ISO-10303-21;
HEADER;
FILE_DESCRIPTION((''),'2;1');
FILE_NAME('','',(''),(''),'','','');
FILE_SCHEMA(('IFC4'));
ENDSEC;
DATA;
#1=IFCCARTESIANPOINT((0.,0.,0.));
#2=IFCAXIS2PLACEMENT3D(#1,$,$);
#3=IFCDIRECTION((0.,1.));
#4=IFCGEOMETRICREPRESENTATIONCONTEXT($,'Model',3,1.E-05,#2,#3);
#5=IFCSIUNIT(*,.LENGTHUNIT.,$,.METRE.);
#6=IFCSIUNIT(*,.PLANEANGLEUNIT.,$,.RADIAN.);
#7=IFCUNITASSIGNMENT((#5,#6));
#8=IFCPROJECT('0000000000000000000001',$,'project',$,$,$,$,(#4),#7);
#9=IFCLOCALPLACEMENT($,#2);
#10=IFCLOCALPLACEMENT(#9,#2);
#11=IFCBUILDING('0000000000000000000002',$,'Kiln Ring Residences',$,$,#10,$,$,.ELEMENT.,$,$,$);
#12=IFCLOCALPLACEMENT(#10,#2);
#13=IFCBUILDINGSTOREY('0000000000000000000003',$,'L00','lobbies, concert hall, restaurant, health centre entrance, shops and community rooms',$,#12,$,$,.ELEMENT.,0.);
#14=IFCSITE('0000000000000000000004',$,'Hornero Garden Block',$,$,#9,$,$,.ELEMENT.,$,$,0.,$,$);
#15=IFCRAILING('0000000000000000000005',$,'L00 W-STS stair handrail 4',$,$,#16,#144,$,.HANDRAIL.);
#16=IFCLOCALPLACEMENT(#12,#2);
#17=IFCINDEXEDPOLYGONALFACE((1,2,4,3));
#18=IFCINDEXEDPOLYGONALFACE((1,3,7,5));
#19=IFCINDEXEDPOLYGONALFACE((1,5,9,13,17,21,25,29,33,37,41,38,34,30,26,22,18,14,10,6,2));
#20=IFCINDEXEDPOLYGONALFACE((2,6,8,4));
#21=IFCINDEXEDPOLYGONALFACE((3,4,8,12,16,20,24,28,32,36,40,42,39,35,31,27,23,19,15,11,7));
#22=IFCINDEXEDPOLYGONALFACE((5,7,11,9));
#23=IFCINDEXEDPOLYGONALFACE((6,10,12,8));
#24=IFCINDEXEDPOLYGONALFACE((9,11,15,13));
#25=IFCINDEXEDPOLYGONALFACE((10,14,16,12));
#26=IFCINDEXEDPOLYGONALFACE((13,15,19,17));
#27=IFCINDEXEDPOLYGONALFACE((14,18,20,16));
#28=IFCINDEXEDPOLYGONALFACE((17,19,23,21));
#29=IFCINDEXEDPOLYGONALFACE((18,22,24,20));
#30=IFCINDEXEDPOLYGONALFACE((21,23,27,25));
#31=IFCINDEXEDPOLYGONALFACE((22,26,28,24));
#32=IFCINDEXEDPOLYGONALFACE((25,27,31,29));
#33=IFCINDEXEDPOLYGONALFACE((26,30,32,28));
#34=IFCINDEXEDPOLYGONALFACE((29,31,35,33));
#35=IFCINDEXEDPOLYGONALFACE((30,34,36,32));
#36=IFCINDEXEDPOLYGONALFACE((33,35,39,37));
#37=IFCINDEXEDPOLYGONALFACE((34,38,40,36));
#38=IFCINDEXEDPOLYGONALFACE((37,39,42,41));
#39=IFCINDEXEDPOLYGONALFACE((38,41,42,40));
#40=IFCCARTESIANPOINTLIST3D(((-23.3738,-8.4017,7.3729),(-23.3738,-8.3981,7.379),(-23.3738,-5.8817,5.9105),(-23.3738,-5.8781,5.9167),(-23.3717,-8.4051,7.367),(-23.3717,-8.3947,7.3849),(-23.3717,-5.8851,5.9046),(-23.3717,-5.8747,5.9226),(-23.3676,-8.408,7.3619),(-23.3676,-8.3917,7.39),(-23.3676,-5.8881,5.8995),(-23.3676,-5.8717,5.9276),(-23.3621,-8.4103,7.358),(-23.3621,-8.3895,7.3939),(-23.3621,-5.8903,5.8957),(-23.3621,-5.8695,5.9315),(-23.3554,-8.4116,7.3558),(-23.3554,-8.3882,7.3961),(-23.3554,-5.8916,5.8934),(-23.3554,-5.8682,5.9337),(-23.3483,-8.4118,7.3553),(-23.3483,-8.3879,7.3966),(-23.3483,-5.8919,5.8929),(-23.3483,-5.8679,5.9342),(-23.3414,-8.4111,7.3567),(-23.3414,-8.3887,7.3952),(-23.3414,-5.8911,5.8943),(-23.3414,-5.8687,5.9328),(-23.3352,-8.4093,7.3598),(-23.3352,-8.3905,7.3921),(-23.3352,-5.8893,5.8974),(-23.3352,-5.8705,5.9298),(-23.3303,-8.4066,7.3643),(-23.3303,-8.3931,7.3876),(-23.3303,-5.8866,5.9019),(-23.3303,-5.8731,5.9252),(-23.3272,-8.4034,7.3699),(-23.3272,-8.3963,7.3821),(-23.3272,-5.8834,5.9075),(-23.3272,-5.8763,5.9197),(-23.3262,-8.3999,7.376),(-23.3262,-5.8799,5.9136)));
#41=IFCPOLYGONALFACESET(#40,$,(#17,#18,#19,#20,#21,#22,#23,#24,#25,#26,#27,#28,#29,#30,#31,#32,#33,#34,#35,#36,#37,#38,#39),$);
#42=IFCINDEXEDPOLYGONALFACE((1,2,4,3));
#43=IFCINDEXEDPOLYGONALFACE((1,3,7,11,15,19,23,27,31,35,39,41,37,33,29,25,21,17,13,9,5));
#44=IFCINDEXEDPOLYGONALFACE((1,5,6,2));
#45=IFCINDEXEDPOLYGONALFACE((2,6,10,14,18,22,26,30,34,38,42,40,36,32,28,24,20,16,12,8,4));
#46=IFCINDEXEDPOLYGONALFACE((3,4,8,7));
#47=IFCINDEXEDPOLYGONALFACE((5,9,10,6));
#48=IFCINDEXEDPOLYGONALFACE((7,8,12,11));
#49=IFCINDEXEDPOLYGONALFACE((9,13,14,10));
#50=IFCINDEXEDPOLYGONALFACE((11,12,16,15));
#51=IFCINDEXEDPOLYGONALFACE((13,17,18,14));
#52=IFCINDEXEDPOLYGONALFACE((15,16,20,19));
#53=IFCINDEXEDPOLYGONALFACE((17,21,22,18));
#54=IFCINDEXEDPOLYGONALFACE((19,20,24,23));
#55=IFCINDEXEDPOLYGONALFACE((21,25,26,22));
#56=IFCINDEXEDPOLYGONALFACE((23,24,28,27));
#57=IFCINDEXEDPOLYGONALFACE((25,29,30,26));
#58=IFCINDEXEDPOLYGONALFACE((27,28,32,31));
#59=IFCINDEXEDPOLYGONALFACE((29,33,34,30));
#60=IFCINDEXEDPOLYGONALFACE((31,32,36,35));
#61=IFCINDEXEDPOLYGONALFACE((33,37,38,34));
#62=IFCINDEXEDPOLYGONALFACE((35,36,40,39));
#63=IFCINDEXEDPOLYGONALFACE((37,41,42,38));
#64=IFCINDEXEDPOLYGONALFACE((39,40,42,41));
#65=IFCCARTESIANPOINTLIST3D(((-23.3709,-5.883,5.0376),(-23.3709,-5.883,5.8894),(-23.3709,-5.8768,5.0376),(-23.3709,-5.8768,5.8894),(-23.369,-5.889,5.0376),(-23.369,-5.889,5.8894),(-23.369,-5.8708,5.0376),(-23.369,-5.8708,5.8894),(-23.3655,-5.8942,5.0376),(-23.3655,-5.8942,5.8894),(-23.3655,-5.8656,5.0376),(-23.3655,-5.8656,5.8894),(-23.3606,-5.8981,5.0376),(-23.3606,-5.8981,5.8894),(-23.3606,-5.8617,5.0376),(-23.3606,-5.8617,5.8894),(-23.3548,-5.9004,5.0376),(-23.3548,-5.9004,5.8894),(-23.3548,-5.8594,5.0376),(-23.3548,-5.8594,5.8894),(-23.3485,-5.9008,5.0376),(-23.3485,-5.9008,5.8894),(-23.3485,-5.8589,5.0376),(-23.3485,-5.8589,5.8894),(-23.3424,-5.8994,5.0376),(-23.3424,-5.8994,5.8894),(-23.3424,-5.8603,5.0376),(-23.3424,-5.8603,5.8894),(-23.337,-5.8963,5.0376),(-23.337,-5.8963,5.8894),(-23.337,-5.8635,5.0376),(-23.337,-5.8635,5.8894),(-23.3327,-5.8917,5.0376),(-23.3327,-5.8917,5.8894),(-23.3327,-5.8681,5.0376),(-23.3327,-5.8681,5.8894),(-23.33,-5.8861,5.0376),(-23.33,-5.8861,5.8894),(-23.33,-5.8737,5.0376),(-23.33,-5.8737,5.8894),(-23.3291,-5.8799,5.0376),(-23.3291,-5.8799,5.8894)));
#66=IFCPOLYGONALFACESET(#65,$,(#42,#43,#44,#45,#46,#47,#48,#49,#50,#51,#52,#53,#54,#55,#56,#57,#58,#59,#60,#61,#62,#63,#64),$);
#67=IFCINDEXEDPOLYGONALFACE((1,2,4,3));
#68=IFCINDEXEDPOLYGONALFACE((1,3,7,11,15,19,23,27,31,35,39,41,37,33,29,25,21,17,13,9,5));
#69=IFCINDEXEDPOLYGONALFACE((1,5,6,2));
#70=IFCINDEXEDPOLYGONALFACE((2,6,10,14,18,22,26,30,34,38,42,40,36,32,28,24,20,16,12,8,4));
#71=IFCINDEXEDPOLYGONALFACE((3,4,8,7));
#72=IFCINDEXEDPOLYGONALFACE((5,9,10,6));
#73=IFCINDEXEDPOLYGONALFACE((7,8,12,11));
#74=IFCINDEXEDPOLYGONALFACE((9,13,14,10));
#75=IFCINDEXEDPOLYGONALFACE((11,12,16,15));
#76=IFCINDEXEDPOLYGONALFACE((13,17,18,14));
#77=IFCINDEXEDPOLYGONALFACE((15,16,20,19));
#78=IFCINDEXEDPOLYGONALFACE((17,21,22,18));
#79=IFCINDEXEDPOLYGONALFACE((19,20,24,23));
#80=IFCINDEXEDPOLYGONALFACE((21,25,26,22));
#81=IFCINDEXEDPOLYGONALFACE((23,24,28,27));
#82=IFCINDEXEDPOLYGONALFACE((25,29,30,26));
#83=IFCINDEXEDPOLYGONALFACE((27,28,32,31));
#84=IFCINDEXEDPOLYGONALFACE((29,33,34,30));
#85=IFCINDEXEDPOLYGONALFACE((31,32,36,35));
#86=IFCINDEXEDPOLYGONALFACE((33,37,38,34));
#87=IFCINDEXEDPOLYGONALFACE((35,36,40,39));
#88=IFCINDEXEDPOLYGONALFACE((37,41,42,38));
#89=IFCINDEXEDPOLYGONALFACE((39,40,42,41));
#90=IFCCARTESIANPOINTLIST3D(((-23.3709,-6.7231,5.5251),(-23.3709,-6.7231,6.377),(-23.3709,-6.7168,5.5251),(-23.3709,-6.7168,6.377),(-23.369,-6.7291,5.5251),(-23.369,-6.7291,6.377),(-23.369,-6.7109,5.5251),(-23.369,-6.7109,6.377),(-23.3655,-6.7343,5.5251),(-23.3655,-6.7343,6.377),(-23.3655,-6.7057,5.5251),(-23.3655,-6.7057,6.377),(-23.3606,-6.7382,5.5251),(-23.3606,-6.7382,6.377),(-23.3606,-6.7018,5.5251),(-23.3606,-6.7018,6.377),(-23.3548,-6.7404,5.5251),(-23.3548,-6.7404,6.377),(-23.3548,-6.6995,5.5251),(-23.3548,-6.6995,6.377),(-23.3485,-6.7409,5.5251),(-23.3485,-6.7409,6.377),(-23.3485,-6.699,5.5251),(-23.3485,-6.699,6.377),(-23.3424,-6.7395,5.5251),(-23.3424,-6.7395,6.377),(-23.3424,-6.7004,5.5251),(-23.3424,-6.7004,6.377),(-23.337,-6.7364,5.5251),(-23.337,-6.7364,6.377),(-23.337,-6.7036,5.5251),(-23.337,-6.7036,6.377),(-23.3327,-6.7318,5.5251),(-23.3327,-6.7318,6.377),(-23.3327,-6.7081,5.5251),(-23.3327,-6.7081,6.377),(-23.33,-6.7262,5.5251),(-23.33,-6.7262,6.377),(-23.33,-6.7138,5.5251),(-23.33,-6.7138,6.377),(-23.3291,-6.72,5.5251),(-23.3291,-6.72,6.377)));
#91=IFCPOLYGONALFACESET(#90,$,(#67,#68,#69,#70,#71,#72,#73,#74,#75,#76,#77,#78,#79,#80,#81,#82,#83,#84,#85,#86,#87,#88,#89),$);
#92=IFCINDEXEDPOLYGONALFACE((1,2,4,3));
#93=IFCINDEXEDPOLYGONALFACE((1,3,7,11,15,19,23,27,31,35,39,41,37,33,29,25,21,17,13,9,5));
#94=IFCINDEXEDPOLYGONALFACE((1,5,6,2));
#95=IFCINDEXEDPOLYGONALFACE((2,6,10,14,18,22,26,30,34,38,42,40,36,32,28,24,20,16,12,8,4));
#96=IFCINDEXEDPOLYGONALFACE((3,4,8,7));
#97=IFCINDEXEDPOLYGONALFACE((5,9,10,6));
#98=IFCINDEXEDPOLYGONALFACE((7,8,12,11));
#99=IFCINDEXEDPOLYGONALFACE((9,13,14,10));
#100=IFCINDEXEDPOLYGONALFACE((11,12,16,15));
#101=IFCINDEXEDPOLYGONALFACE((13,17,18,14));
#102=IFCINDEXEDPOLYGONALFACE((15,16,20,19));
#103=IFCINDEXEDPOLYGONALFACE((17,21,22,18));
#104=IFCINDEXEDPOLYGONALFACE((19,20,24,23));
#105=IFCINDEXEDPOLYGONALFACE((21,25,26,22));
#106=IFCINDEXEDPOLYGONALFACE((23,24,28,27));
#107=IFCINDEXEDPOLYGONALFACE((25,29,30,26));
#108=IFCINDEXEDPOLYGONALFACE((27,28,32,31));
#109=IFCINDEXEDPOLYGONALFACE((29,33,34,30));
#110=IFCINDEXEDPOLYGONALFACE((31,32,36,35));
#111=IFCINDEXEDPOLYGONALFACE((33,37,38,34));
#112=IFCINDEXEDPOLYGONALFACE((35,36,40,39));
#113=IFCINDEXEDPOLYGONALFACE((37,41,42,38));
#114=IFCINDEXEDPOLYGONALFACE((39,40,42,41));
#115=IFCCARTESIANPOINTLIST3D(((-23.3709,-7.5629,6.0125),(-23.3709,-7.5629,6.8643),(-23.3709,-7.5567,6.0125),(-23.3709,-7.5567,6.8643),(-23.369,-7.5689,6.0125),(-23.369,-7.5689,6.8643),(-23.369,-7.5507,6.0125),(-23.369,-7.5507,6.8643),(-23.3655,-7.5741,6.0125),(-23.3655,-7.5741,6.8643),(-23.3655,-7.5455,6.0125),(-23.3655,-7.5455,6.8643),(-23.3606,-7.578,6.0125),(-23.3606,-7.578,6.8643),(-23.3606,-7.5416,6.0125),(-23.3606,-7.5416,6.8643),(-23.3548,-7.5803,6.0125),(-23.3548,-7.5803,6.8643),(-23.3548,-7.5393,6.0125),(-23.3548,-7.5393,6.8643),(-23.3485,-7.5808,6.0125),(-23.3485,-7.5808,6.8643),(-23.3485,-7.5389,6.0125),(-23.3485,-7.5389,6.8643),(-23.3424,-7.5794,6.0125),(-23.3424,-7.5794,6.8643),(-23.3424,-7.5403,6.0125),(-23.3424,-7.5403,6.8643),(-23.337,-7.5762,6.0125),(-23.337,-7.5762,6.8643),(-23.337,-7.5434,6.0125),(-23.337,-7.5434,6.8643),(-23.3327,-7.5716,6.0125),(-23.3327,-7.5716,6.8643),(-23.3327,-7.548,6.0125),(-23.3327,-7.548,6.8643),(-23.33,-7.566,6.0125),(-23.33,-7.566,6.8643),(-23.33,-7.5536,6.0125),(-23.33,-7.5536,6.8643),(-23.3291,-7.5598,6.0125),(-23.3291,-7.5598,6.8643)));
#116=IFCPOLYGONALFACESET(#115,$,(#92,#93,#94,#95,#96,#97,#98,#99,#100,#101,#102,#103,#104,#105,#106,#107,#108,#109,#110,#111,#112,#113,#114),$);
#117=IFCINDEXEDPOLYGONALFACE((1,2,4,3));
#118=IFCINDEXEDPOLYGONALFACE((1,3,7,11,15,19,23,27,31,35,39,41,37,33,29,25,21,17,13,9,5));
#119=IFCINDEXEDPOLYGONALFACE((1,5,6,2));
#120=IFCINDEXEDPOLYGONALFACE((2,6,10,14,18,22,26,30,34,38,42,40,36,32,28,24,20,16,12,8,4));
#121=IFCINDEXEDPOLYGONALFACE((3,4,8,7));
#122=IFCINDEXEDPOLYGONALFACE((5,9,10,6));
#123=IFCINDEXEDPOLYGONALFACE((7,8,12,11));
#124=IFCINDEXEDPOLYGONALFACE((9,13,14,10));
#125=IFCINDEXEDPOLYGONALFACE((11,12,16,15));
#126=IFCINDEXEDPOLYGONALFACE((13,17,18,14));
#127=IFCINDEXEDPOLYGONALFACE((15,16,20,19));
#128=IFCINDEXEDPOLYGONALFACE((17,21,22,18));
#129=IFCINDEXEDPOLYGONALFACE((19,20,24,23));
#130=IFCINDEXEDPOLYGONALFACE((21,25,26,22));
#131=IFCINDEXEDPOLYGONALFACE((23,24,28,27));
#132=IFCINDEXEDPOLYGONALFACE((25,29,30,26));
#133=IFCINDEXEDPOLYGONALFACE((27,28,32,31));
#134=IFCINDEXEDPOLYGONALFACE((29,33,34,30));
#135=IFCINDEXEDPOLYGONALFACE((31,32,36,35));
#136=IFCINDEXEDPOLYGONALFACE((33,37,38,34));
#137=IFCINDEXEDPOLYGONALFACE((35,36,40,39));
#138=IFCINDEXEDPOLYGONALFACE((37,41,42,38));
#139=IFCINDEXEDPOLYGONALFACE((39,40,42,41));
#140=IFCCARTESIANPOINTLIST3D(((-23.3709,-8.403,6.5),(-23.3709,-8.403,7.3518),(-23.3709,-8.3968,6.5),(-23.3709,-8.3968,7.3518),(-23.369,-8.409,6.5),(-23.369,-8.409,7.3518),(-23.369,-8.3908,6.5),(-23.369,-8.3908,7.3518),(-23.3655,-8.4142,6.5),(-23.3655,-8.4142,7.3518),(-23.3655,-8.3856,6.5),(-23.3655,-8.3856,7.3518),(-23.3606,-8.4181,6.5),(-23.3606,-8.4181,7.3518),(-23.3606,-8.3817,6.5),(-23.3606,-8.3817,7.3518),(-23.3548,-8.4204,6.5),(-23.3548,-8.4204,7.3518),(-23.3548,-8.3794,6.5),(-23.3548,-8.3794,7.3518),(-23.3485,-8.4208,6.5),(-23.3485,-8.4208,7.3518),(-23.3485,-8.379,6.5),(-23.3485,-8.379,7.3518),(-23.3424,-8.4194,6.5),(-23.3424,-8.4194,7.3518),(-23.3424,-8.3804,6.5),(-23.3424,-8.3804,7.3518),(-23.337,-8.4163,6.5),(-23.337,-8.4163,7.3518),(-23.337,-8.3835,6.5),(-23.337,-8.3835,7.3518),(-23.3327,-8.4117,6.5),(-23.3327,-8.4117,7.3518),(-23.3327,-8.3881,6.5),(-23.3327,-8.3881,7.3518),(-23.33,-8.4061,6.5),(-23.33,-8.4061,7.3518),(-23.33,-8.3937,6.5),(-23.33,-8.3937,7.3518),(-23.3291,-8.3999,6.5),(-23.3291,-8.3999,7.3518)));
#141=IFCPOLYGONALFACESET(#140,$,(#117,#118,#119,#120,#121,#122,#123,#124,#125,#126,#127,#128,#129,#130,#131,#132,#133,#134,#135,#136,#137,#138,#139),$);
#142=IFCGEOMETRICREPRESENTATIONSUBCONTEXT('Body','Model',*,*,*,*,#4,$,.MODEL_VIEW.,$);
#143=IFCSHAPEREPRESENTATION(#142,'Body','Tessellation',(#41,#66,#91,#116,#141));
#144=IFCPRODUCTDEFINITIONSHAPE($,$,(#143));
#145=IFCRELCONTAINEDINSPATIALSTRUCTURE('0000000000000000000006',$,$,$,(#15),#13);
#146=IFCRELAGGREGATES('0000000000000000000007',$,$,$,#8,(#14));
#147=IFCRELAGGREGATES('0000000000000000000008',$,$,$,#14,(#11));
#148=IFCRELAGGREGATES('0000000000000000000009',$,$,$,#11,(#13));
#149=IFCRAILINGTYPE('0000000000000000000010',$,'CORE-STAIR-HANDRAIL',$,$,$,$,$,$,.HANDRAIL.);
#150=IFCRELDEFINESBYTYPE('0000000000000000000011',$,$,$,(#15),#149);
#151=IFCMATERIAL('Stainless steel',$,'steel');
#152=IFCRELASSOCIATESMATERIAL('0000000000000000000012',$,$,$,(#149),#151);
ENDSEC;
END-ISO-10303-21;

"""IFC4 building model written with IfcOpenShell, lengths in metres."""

from ifc_helpers import new_model, si_unit, direction, frame, origin, origin_2d, place, context, subcontext, project, spatial, circle, extrude, material, type_object, element, save


model = new_model("IFC4")

# Units and contexts
model_context = context("Model", 3, precision=1e-05, world=origin(), true_north=direction((0.0, 1.0)))
body_context = subcontext(model_context, "Body", "Model", "MODEL_VIEW")
ifc_project = project(units=[si_unit("LENGTHUNIT", "METRE"), si_unit("PLANEANGLEUNIT", "RADIAN")], contexts=[model_context])

# Site, building, storey
site_placement = place(None, origin())
site = spatial("IfcSite", under=ifc_project, at=site_placement, Name="Hornero Garden Block", CompositionType="ELEMENT", RefElevation=0.0)
building_placement = place(site_placement, origin())
building = spatial("IfcBuilding", under=site, at=building_placement, Name="Kiln Ring Residences", CompositionType="ELEMENT")
storey_placement = place(building_placement, origin())
storey = spatial("IfcBuildingStorey", under=building, at=storey_placement, Name="L00", Description="lobbies, concert hall, restaurant, health centre entrance, shops and community rooms", CompositionType="ELEMENT", Elevation=0.0)

# Railing
ifc_material_1 = material(Name="Stainless steel", Category="steel")
railing_type_1 = type_object("IfcRailingType", Name="CORE-STAIR-HANDRAIL", PredefinedType="HANDRAIL", material=ifc_material_1)
for number, where, name in (
    (1, (-23.3501, -5.8799, 5.0376), "L00 W-STS stair handrail 4"),
):
    element("IfcRailing", number, at=place(storey_placement, frame(where)), inside=storey, type_object=railing_type_1, Name=name, PredefinedType="HANDRAIL", context=body_context, shape_type="SweptSolid", body=[
        extrude(circle(Radius=0.0239, at=origin_2d()), frame((0.0, 0.0, 0.876), z_axis=(0.0, -0.864913, 0.501921), x_axis=(1.0, 0.0, 0.0)), (0.0, 0.0, 1.0), 2.9136),
        extrude(circle(Radius=0.021, at=origin_2d()), origin(), (0.0, 0.0, 1.0), 0.8518),
        extrude(circle(Radius=0.021, at=origin_2d()), frame((0.0, -0.8401, 0.4875)), (0.0, 0.0, 1.0), 0.8518),
        extrude(circle(Radius=0.021, at=origin_2d()), frame((0.0, -1.6799, 0.9749)), (0.0, 0.0, 1.0), 0.8518),
        extrude(circle(Radius=0.021, at=origin_2d()), frame((0.0, -2.52, 1.4624)), (0.0, 0.0, 1.0), 0.8518),
    ])

save(model, "model.ifc")
